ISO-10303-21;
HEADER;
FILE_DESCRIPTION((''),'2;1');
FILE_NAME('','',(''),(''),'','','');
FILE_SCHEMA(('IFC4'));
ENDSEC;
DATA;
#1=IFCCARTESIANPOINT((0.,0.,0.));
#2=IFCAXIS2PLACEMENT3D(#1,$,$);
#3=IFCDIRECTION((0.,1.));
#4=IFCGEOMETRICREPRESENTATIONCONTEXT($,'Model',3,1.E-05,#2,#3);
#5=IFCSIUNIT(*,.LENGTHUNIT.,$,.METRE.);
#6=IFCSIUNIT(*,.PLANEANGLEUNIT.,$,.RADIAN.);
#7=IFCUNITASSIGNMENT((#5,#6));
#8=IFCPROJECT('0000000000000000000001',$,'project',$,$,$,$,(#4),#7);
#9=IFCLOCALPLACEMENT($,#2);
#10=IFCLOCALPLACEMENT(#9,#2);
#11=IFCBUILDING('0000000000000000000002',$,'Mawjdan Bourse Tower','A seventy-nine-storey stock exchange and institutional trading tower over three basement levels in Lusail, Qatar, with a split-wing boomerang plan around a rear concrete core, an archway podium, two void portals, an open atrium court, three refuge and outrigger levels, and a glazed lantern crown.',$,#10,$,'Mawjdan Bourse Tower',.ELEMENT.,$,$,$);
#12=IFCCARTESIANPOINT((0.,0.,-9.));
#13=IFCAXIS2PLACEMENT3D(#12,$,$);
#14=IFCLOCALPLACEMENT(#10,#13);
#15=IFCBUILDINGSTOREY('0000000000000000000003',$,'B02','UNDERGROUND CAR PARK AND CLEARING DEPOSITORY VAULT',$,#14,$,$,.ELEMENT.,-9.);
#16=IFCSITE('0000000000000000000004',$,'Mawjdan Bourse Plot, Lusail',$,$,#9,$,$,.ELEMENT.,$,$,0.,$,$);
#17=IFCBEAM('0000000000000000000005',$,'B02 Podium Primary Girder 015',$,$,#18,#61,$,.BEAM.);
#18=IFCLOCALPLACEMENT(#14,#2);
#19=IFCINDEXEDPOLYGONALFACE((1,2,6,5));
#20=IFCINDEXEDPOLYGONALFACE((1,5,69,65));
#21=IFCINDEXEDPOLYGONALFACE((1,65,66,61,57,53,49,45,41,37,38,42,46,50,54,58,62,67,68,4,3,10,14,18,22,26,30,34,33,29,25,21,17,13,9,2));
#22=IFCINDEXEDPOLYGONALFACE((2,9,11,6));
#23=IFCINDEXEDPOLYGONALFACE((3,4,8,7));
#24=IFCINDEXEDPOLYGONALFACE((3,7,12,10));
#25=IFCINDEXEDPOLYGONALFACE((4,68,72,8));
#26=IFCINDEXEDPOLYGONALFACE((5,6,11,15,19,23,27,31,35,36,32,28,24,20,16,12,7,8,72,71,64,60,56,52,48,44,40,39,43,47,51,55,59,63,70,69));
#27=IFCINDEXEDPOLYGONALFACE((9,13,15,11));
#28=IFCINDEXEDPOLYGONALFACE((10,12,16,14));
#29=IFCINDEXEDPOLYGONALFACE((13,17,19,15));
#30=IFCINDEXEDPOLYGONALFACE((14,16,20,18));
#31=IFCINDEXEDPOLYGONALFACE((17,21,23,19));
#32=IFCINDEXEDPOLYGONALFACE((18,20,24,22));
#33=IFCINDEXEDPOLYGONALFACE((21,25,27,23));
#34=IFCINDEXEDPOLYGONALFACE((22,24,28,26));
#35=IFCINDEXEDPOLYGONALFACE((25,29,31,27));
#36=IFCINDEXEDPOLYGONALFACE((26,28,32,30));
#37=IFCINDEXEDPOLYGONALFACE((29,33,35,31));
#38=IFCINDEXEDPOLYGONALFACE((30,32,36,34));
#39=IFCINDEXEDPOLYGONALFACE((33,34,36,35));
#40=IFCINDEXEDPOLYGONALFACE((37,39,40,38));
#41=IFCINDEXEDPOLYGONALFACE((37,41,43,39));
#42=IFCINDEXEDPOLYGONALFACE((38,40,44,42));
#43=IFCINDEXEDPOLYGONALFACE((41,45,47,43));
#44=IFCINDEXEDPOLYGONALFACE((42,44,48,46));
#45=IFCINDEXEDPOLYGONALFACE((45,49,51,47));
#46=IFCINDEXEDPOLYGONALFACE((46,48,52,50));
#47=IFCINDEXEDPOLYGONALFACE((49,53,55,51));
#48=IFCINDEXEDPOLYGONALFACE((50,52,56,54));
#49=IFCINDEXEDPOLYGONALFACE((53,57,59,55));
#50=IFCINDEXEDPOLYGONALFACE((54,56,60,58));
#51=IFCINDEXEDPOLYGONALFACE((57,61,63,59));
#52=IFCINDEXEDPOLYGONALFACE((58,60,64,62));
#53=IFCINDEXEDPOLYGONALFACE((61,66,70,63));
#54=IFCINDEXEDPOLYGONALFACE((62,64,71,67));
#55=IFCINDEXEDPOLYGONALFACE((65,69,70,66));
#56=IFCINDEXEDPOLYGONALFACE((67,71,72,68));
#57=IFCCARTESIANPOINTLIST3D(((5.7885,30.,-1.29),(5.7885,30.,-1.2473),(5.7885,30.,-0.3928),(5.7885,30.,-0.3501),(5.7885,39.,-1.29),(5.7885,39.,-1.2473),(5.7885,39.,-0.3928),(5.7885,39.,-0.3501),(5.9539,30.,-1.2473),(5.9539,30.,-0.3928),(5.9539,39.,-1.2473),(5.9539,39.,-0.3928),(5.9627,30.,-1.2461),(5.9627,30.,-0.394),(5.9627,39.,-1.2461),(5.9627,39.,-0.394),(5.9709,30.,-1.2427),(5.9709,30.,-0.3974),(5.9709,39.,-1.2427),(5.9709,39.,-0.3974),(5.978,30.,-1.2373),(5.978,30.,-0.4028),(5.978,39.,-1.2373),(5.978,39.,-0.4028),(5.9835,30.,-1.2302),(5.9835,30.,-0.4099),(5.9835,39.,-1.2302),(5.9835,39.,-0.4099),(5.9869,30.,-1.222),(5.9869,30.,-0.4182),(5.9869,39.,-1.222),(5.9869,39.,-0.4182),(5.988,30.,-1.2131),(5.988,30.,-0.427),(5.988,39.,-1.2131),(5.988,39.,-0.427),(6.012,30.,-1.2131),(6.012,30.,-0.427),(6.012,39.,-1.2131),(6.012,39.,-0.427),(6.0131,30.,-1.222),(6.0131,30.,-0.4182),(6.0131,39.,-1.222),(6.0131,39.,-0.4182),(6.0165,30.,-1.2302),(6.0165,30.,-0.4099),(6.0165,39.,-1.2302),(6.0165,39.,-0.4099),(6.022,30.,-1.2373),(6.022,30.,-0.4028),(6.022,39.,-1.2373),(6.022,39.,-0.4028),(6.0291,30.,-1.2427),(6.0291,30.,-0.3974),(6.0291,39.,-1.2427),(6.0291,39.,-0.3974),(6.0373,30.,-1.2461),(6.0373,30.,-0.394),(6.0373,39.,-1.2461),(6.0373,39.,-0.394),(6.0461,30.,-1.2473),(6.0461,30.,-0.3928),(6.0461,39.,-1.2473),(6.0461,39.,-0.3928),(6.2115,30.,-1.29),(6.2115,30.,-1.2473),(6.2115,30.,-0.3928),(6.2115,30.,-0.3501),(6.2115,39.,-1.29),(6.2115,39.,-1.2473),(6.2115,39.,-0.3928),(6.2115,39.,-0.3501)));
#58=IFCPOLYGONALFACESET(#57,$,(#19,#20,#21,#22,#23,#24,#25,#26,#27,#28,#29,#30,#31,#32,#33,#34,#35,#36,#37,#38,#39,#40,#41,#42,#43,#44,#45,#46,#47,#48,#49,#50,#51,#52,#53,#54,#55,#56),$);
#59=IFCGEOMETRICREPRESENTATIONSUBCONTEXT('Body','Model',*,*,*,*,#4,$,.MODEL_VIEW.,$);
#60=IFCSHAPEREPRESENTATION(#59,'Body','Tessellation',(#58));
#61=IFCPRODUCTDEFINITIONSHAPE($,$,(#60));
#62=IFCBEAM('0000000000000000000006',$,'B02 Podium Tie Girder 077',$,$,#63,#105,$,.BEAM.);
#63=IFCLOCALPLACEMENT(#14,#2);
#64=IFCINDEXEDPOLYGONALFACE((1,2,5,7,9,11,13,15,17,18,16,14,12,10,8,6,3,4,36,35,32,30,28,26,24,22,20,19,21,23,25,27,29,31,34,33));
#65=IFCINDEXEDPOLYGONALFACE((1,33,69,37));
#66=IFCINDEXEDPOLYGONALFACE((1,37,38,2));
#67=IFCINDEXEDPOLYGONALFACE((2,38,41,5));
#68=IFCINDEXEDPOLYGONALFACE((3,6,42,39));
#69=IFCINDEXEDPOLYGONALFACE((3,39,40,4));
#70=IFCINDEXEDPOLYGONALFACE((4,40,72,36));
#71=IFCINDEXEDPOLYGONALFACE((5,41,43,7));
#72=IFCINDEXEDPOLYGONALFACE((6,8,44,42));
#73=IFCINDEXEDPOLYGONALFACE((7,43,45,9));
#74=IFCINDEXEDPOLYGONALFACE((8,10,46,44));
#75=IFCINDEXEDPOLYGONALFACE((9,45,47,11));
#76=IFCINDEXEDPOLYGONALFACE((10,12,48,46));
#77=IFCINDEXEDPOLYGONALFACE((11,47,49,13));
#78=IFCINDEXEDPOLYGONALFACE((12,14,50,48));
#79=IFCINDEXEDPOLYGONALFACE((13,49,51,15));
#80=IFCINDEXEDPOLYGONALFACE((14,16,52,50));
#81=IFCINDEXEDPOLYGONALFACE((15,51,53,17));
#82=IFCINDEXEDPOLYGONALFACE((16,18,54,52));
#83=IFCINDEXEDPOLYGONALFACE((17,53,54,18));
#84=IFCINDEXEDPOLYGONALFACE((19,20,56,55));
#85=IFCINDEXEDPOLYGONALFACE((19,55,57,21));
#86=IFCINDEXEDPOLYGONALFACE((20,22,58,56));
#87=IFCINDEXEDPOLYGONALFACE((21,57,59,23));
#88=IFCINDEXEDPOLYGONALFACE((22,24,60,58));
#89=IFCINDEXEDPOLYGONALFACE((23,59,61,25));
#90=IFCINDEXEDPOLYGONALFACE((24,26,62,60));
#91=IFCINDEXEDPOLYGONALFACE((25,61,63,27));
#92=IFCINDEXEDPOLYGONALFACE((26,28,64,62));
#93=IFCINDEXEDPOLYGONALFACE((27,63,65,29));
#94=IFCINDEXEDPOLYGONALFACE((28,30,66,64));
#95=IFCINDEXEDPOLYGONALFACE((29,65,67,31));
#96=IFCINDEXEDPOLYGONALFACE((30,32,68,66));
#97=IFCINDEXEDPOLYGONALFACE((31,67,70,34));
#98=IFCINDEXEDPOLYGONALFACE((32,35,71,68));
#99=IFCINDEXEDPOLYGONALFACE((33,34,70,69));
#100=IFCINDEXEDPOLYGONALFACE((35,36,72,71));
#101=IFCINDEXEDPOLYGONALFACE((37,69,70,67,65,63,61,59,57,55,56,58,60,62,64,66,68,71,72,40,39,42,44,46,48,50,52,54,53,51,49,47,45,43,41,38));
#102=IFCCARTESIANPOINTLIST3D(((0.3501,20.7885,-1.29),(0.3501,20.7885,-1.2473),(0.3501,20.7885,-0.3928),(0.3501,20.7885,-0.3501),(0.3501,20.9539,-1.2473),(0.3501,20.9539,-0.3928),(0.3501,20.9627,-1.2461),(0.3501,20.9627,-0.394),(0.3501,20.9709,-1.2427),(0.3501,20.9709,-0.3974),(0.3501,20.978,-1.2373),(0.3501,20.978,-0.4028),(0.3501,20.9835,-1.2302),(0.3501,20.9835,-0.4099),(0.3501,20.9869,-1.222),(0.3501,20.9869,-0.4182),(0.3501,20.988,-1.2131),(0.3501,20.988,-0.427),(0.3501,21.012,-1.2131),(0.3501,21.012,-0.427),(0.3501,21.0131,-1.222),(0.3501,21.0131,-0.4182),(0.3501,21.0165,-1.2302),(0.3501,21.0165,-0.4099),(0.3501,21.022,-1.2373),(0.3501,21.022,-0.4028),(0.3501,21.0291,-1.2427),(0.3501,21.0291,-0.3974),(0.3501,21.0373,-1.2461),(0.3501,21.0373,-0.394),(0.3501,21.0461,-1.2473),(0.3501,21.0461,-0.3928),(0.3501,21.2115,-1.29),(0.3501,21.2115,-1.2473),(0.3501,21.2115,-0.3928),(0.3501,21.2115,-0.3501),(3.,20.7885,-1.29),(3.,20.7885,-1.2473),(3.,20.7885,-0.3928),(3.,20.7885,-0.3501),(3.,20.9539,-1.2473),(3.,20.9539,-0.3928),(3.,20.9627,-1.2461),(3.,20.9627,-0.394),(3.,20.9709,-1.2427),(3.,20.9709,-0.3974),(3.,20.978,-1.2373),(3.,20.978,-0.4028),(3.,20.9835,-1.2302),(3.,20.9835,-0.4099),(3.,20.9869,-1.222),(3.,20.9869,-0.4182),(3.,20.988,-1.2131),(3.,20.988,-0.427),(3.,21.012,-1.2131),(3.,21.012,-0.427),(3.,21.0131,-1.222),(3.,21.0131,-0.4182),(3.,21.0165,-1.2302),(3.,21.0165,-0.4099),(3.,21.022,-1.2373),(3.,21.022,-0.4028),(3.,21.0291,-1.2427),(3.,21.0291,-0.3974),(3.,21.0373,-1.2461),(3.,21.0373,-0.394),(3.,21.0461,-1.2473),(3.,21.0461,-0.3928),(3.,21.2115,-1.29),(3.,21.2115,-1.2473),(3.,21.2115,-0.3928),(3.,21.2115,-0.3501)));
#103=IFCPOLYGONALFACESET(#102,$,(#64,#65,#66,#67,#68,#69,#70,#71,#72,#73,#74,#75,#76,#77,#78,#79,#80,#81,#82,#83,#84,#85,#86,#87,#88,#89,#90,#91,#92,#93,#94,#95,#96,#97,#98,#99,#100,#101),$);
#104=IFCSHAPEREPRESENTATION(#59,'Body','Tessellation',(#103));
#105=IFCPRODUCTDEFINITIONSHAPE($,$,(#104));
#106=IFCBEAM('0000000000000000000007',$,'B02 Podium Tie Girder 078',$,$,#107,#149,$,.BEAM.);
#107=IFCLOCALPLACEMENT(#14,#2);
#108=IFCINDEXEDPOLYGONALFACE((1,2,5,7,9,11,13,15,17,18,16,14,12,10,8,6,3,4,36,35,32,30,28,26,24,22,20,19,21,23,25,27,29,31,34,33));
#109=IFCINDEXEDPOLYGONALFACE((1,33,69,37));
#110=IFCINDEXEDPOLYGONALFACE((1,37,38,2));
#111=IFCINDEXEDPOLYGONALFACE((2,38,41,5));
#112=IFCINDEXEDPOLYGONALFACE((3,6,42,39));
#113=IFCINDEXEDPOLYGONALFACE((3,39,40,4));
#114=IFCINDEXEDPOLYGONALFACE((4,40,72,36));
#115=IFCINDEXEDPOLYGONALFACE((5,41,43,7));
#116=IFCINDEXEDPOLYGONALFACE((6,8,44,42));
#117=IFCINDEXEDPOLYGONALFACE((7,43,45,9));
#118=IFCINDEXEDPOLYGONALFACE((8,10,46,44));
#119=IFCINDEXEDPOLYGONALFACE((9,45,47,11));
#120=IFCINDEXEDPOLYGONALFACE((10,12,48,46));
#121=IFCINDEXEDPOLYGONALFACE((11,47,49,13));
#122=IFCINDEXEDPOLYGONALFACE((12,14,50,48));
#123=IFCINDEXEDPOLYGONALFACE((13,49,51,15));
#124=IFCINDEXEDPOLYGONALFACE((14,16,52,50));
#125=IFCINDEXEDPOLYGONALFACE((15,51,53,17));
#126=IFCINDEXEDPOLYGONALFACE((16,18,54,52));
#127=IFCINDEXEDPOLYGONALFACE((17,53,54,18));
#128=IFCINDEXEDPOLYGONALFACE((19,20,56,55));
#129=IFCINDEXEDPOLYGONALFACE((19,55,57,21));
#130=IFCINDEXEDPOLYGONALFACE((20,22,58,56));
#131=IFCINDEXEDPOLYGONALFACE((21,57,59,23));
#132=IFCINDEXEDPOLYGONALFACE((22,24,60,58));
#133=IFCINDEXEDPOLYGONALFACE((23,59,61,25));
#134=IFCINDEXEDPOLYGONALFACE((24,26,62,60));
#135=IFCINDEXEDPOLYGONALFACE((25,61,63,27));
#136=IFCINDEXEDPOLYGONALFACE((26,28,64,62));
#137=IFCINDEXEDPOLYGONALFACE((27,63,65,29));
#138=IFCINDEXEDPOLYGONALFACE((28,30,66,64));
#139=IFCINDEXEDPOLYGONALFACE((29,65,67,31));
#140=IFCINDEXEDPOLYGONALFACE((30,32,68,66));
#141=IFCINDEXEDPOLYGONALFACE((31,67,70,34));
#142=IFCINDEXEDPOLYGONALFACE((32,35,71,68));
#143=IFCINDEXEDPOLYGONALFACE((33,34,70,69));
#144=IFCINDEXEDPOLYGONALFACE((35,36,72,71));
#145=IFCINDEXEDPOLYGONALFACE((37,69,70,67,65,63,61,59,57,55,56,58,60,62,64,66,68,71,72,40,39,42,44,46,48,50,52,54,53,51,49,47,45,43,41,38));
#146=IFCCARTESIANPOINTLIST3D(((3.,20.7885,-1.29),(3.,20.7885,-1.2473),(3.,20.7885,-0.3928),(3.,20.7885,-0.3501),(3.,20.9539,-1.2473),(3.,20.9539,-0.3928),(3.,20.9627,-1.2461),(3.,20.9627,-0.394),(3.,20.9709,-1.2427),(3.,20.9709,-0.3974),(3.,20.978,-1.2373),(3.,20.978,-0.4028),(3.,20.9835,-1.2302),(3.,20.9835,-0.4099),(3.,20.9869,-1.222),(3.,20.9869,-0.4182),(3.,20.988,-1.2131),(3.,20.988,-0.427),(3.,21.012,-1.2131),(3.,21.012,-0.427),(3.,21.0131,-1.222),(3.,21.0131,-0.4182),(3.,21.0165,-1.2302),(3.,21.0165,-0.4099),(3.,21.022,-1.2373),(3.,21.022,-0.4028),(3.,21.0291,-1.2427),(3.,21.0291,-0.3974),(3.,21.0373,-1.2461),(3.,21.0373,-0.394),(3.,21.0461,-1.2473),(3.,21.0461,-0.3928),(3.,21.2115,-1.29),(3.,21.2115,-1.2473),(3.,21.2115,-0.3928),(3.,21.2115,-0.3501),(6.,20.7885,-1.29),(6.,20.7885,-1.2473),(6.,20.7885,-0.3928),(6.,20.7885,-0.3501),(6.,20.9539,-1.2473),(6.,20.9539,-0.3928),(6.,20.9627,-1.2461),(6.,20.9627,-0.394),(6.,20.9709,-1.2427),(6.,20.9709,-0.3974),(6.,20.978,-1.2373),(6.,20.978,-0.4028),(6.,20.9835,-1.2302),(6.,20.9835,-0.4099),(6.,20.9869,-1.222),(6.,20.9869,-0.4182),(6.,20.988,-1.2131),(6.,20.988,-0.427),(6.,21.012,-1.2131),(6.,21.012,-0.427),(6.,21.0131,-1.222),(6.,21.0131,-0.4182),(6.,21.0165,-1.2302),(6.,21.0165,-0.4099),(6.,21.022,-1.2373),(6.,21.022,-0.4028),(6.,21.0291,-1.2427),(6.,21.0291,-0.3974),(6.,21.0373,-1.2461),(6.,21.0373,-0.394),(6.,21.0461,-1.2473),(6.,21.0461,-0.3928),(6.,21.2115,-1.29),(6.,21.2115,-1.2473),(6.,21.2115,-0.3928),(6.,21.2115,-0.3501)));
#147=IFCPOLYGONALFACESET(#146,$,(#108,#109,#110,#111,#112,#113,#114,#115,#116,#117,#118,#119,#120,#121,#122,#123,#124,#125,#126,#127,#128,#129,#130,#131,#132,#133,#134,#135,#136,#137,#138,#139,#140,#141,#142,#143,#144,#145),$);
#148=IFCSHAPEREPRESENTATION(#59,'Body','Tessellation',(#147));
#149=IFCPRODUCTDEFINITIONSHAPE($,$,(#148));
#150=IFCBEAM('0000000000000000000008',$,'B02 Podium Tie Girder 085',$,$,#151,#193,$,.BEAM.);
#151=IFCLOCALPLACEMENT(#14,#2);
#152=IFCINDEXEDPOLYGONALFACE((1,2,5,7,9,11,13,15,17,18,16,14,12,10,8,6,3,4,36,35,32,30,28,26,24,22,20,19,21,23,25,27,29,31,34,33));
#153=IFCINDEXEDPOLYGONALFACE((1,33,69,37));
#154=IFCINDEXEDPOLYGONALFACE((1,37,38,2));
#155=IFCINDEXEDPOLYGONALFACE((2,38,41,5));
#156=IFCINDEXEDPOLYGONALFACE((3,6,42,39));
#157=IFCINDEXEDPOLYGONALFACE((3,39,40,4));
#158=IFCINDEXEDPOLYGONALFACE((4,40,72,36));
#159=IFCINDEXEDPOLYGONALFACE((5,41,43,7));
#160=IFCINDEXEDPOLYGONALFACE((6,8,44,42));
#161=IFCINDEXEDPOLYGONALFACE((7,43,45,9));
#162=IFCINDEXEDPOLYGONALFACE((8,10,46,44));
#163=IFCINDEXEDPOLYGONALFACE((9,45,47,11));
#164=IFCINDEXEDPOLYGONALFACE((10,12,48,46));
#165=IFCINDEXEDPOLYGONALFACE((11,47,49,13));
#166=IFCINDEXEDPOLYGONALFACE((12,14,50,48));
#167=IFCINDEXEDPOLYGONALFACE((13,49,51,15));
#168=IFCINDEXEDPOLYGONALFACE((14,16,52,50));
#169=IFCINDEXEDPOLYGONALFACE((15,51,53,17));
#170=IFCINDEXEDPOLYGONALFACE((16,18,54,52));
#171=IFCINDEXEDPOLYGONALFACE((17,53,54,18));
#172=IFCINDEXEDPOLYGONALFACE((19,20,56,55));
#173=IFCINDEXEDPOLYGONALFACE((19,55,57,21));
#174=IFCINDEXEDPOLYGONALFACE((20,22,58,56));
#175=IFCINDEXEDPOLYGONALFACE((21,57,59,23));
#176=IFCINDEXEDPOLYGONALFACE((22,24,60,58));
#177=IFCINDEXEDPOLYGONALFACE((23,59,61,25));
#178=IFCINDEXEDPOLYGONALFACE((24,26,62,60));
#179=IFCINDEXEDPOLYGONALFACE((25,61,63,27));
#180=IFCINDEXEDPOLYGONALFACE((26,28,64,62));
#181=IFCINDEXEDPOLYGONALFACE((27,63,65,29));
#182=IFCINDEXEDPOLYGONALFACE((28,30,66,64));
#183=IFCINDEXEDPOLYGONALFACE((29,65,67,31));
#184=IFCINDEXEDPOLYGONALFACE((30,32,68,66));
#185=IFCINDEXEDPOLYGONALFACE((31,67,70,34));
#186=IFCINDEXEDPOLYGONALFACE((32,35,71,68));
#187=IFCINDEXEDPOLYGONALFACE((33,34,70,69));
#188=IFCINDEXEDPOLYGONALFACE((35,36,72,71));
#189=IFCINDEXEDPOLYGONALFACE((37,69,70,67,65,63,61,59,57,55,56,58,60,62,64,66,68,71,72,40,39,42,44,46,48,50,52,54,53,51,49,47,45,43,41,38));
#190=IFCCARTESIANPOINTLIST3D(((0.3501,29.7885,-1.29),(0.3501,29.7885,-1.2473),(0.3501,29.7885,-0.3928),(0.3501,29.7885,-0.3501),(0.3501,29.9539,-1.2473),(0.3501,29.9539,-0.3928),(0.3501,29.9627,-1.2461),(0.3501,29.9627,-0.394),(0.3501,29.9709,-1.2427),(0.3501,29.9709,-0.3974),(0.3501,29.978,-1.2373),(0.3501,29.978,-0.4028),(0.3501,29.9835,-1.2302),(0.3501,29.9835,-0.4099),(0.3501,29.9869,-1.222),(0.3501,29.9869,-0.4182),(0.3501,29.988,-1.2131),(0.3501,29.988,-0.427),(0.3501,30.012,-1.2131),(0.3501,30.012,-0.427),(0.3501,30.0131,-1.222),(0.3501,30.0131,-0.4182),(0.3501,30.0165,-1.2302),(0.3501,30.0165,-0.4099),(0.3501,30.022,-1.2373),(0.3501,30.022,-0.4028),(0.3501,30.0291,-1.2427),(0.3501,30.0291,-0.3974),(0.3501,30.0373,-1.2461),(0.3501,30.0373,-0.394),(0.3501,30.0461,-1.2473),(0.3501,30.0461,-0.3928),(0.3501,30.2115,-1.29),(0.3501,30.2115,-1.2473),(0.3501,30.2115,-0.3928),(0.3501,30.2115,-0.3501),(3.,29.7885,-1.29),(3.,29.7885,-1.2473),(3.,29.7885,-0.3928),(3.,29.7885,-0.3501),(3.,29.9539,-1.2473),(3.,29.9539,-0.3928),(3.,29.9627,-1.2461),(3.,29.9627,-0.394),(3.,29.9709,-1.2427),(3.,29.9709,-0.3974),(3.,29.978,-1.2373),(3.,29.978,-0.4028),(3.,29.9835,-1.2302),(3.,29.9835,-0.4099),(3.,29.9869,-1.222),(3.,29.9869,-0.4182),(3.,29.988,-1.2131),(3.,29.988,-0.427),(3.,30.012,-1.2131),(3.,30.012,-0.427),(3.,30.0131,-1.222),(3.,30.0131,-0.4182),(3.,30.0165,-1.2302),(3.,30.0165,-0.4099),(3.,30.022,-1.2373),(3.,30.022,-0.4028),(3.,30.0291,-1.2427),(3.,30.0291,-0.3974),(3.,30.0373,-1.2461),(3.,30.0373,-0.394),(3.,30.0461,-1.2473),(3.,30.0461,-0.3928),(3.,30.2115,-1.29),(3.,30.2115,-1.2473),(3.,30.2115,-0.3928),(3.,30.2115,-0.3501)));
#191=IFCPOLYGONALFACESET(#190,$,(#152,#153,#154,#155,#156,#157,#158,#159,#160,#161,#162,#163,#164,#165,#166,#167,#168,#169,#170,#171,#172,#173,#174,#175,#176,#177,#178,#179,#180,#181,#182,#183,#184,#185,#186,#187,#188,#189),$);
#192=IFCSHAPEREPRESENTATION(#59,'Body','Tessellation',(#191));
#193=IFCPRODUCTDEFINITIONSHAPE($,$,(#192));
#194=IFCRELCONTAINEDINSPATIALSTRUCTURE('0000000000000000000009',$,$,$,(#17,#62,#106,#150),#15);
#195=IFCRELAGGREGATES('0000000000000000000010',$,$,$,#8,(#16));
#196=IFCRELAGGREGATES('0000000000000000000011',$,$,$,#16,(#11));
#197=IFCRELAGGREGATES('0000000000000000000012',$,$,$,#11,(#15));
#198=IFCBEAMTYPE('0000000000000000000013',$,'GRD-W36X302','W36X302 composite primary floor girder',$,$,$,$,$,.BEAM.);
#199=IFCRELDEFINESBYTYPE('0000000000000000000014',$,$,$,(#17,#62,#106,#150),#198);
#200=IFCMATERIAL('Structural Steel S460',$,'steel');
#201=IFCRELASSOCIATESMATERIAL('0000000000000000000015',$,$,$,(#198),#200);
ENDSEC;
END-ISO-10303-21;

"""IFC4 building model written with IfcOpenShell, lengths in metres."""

from ifc_helpers import new_model, si_unit, direction, frame, origin, origin_2d, place, context, subcontext, project, spatial, i_section, extrude, material, material_profile, profile_set, type_object, element, save


model = new_model("IFC4")

# Units and contexts
model_context = context("Model", 3, precision=1e-05, world=origin(), true_north=direction((0.0, 1.0)))
body_context = subcontext(model_context, "Body", "Model", "MODEL_VIEW")
ifc_project = project(units=[si_unit("LENGTHUNIT", "METRE"), si_unit("PLANEANGLEUNIT", "RADIAN")], contexts=[model_context])

# Site, building, storey
site_placement = place(None, origin())
site = spatial("IfcSite", under=ifc_project, at=site_placement, Name="Mawjdan Bourse Plot, Lusail", CompositionType="ELEMENT", RefElevation=0.0)
building_placement = place(site_placement, origin())
building = spatial("IfcBuilding", under=site, at=building_placement, Name="Mawjdan Bourse Tower", Description="A seventy-nine-storey stock exchange and institutional trading tower over three basement levels in Lusail, Qatar, with a split-wing boomerang plan around a rear concrete core, an archway podium, two void portals, an open atrium court, three refuge and outrigger levels, and a glazed lantern crown.", LongName="Mawjdan Bourse Tower", CompositionType="ELEMENT")
storey_placement = place(building_placement, frame((0.0, 0.0, -9.0)))
storey = spatial("IfcBuildingStorey", under=building, at=storey_placement, Name="B02", Description="UNDERGROUND CAR PARK AND CLEARING DEPOSITORY VAULT", CompositionType="ELEMENT", Elevation=-9.0)

# Beams
ifc_material_1 = material(Name="Structural Steel S460", Category="steel")
ifc_material_profile_1 = material_profile(ifc_material_1, i_section(OverallWidth=0.4231, OverallDepth=0.9399, WebThickness=0.0239, FlangeThickness=0.0427, FilletRadius=0.0342, at=origin_2d()), Name="W36X302")
ifc_profile_set_1 = profile_set([ifc_material_profile_1], Name="Structural Steel S460")
beam_type_1 = type_object("IfcBeamType", Name="GRD-W36X302", Description="W36X302 composite primary floor girder", PredefinedType="BEAM", material=ifc_profile_set_1)
for number, where, z_axis, x_axis, name in (
    (1, (6.0, 30.0, -0.8201), (0.0, 1.0, 0.0), (-1.0, 0.0, 0.0), "B02 Podium Primary Girder 015"),
):
    element("IfcBeam", number, at=place(storey_placement, frame(where, z_axis=z_axis, x_axis=x_axis)), inside=storey, type_object=beam_type_1, Name=name, PredefinedType="BEAM", context=body_context, shape_type="SweptSolid", body=[
        extrude(i_section(OverallWidth=0.4231, OverallDepth=0.9399, WebThickness=0.0239, FlangeThickness=0.0427, FilletRadius=0.0342, at=origin_2d()), origin(), (0.0, 0.0, 1.0), 9.0),
    ])
beam_1_placement = place(storey_placement, frame((0.3501, 21.0, -0.8201), z_axis=(1.0, 0.0, 0.0), x_axis=(0.0, 1.0, 0.0)))
element("IfcBeam", 2, at=beam_1_placement, inside=storey, type_object=beam_type_1, Name="B02 Podium Tie Girder 077", PredefinedType="BEAM", context=body_context, shape_type="SweptSolid", body=[
    extrude(i_section(OverallWidth=0.4231, OverallDepth=0.9399, WebThickness=0.0239, FlangeThickness=0.0427, FilletRadius=0.0342, at=origin_2d()), origin(), (0.0, 0.0, 1.0), 2.6499),
])
beam_2_placement = place(storey_placement, frame((3.0, 21.0, -0.8201), z_axis=(1.0, 0.0, 0.0), x_axis=(0.0, 1.0, 0.0)))
element("IfcBeam", 3, at=beam_2_placement, inside=storey, type_object=beam_type_1, Name="B02 Podium Tie Girder 078", PredefinedType="BEAM", context=body_context, shape_type="SweptSolid", body=[
    extrude(i_section(OverallWidth=0.4231, OverallDepth=0.9399, WebThickness=0.0239, FlangeThickness=0.0427, FilletRadius=0.0342, at=origin_2d()), origin(), (0.0, 0.0, 1.0), 3.0),
])
beam_3_placement = place(storey_placement, frame((0.3501, 30.0, -0.8201), z_axis=(1.0, 0.0, 0.0), x_axis=(0.0, 1.0, 0.0)))
element("IfcBeam", 4, at=beam_3_placement, inside=storey, type_object=beam_type_1, Name="B02 Podium Tie Girder 085", PredefinedType="BEAM", context=body_context, shape_type="SweptSolid", body=[
    extrude(i_section(OverallWidth=0.4231, OverallDepth=0.9399, WebThickness=0.0239, FlangeThickness=0.0427, FilletRadius=0.0342, at=origin_2d()), origin(), (0.0, 0.0, 1.0), 2.6499),
])

save(model, "model.ifc")
